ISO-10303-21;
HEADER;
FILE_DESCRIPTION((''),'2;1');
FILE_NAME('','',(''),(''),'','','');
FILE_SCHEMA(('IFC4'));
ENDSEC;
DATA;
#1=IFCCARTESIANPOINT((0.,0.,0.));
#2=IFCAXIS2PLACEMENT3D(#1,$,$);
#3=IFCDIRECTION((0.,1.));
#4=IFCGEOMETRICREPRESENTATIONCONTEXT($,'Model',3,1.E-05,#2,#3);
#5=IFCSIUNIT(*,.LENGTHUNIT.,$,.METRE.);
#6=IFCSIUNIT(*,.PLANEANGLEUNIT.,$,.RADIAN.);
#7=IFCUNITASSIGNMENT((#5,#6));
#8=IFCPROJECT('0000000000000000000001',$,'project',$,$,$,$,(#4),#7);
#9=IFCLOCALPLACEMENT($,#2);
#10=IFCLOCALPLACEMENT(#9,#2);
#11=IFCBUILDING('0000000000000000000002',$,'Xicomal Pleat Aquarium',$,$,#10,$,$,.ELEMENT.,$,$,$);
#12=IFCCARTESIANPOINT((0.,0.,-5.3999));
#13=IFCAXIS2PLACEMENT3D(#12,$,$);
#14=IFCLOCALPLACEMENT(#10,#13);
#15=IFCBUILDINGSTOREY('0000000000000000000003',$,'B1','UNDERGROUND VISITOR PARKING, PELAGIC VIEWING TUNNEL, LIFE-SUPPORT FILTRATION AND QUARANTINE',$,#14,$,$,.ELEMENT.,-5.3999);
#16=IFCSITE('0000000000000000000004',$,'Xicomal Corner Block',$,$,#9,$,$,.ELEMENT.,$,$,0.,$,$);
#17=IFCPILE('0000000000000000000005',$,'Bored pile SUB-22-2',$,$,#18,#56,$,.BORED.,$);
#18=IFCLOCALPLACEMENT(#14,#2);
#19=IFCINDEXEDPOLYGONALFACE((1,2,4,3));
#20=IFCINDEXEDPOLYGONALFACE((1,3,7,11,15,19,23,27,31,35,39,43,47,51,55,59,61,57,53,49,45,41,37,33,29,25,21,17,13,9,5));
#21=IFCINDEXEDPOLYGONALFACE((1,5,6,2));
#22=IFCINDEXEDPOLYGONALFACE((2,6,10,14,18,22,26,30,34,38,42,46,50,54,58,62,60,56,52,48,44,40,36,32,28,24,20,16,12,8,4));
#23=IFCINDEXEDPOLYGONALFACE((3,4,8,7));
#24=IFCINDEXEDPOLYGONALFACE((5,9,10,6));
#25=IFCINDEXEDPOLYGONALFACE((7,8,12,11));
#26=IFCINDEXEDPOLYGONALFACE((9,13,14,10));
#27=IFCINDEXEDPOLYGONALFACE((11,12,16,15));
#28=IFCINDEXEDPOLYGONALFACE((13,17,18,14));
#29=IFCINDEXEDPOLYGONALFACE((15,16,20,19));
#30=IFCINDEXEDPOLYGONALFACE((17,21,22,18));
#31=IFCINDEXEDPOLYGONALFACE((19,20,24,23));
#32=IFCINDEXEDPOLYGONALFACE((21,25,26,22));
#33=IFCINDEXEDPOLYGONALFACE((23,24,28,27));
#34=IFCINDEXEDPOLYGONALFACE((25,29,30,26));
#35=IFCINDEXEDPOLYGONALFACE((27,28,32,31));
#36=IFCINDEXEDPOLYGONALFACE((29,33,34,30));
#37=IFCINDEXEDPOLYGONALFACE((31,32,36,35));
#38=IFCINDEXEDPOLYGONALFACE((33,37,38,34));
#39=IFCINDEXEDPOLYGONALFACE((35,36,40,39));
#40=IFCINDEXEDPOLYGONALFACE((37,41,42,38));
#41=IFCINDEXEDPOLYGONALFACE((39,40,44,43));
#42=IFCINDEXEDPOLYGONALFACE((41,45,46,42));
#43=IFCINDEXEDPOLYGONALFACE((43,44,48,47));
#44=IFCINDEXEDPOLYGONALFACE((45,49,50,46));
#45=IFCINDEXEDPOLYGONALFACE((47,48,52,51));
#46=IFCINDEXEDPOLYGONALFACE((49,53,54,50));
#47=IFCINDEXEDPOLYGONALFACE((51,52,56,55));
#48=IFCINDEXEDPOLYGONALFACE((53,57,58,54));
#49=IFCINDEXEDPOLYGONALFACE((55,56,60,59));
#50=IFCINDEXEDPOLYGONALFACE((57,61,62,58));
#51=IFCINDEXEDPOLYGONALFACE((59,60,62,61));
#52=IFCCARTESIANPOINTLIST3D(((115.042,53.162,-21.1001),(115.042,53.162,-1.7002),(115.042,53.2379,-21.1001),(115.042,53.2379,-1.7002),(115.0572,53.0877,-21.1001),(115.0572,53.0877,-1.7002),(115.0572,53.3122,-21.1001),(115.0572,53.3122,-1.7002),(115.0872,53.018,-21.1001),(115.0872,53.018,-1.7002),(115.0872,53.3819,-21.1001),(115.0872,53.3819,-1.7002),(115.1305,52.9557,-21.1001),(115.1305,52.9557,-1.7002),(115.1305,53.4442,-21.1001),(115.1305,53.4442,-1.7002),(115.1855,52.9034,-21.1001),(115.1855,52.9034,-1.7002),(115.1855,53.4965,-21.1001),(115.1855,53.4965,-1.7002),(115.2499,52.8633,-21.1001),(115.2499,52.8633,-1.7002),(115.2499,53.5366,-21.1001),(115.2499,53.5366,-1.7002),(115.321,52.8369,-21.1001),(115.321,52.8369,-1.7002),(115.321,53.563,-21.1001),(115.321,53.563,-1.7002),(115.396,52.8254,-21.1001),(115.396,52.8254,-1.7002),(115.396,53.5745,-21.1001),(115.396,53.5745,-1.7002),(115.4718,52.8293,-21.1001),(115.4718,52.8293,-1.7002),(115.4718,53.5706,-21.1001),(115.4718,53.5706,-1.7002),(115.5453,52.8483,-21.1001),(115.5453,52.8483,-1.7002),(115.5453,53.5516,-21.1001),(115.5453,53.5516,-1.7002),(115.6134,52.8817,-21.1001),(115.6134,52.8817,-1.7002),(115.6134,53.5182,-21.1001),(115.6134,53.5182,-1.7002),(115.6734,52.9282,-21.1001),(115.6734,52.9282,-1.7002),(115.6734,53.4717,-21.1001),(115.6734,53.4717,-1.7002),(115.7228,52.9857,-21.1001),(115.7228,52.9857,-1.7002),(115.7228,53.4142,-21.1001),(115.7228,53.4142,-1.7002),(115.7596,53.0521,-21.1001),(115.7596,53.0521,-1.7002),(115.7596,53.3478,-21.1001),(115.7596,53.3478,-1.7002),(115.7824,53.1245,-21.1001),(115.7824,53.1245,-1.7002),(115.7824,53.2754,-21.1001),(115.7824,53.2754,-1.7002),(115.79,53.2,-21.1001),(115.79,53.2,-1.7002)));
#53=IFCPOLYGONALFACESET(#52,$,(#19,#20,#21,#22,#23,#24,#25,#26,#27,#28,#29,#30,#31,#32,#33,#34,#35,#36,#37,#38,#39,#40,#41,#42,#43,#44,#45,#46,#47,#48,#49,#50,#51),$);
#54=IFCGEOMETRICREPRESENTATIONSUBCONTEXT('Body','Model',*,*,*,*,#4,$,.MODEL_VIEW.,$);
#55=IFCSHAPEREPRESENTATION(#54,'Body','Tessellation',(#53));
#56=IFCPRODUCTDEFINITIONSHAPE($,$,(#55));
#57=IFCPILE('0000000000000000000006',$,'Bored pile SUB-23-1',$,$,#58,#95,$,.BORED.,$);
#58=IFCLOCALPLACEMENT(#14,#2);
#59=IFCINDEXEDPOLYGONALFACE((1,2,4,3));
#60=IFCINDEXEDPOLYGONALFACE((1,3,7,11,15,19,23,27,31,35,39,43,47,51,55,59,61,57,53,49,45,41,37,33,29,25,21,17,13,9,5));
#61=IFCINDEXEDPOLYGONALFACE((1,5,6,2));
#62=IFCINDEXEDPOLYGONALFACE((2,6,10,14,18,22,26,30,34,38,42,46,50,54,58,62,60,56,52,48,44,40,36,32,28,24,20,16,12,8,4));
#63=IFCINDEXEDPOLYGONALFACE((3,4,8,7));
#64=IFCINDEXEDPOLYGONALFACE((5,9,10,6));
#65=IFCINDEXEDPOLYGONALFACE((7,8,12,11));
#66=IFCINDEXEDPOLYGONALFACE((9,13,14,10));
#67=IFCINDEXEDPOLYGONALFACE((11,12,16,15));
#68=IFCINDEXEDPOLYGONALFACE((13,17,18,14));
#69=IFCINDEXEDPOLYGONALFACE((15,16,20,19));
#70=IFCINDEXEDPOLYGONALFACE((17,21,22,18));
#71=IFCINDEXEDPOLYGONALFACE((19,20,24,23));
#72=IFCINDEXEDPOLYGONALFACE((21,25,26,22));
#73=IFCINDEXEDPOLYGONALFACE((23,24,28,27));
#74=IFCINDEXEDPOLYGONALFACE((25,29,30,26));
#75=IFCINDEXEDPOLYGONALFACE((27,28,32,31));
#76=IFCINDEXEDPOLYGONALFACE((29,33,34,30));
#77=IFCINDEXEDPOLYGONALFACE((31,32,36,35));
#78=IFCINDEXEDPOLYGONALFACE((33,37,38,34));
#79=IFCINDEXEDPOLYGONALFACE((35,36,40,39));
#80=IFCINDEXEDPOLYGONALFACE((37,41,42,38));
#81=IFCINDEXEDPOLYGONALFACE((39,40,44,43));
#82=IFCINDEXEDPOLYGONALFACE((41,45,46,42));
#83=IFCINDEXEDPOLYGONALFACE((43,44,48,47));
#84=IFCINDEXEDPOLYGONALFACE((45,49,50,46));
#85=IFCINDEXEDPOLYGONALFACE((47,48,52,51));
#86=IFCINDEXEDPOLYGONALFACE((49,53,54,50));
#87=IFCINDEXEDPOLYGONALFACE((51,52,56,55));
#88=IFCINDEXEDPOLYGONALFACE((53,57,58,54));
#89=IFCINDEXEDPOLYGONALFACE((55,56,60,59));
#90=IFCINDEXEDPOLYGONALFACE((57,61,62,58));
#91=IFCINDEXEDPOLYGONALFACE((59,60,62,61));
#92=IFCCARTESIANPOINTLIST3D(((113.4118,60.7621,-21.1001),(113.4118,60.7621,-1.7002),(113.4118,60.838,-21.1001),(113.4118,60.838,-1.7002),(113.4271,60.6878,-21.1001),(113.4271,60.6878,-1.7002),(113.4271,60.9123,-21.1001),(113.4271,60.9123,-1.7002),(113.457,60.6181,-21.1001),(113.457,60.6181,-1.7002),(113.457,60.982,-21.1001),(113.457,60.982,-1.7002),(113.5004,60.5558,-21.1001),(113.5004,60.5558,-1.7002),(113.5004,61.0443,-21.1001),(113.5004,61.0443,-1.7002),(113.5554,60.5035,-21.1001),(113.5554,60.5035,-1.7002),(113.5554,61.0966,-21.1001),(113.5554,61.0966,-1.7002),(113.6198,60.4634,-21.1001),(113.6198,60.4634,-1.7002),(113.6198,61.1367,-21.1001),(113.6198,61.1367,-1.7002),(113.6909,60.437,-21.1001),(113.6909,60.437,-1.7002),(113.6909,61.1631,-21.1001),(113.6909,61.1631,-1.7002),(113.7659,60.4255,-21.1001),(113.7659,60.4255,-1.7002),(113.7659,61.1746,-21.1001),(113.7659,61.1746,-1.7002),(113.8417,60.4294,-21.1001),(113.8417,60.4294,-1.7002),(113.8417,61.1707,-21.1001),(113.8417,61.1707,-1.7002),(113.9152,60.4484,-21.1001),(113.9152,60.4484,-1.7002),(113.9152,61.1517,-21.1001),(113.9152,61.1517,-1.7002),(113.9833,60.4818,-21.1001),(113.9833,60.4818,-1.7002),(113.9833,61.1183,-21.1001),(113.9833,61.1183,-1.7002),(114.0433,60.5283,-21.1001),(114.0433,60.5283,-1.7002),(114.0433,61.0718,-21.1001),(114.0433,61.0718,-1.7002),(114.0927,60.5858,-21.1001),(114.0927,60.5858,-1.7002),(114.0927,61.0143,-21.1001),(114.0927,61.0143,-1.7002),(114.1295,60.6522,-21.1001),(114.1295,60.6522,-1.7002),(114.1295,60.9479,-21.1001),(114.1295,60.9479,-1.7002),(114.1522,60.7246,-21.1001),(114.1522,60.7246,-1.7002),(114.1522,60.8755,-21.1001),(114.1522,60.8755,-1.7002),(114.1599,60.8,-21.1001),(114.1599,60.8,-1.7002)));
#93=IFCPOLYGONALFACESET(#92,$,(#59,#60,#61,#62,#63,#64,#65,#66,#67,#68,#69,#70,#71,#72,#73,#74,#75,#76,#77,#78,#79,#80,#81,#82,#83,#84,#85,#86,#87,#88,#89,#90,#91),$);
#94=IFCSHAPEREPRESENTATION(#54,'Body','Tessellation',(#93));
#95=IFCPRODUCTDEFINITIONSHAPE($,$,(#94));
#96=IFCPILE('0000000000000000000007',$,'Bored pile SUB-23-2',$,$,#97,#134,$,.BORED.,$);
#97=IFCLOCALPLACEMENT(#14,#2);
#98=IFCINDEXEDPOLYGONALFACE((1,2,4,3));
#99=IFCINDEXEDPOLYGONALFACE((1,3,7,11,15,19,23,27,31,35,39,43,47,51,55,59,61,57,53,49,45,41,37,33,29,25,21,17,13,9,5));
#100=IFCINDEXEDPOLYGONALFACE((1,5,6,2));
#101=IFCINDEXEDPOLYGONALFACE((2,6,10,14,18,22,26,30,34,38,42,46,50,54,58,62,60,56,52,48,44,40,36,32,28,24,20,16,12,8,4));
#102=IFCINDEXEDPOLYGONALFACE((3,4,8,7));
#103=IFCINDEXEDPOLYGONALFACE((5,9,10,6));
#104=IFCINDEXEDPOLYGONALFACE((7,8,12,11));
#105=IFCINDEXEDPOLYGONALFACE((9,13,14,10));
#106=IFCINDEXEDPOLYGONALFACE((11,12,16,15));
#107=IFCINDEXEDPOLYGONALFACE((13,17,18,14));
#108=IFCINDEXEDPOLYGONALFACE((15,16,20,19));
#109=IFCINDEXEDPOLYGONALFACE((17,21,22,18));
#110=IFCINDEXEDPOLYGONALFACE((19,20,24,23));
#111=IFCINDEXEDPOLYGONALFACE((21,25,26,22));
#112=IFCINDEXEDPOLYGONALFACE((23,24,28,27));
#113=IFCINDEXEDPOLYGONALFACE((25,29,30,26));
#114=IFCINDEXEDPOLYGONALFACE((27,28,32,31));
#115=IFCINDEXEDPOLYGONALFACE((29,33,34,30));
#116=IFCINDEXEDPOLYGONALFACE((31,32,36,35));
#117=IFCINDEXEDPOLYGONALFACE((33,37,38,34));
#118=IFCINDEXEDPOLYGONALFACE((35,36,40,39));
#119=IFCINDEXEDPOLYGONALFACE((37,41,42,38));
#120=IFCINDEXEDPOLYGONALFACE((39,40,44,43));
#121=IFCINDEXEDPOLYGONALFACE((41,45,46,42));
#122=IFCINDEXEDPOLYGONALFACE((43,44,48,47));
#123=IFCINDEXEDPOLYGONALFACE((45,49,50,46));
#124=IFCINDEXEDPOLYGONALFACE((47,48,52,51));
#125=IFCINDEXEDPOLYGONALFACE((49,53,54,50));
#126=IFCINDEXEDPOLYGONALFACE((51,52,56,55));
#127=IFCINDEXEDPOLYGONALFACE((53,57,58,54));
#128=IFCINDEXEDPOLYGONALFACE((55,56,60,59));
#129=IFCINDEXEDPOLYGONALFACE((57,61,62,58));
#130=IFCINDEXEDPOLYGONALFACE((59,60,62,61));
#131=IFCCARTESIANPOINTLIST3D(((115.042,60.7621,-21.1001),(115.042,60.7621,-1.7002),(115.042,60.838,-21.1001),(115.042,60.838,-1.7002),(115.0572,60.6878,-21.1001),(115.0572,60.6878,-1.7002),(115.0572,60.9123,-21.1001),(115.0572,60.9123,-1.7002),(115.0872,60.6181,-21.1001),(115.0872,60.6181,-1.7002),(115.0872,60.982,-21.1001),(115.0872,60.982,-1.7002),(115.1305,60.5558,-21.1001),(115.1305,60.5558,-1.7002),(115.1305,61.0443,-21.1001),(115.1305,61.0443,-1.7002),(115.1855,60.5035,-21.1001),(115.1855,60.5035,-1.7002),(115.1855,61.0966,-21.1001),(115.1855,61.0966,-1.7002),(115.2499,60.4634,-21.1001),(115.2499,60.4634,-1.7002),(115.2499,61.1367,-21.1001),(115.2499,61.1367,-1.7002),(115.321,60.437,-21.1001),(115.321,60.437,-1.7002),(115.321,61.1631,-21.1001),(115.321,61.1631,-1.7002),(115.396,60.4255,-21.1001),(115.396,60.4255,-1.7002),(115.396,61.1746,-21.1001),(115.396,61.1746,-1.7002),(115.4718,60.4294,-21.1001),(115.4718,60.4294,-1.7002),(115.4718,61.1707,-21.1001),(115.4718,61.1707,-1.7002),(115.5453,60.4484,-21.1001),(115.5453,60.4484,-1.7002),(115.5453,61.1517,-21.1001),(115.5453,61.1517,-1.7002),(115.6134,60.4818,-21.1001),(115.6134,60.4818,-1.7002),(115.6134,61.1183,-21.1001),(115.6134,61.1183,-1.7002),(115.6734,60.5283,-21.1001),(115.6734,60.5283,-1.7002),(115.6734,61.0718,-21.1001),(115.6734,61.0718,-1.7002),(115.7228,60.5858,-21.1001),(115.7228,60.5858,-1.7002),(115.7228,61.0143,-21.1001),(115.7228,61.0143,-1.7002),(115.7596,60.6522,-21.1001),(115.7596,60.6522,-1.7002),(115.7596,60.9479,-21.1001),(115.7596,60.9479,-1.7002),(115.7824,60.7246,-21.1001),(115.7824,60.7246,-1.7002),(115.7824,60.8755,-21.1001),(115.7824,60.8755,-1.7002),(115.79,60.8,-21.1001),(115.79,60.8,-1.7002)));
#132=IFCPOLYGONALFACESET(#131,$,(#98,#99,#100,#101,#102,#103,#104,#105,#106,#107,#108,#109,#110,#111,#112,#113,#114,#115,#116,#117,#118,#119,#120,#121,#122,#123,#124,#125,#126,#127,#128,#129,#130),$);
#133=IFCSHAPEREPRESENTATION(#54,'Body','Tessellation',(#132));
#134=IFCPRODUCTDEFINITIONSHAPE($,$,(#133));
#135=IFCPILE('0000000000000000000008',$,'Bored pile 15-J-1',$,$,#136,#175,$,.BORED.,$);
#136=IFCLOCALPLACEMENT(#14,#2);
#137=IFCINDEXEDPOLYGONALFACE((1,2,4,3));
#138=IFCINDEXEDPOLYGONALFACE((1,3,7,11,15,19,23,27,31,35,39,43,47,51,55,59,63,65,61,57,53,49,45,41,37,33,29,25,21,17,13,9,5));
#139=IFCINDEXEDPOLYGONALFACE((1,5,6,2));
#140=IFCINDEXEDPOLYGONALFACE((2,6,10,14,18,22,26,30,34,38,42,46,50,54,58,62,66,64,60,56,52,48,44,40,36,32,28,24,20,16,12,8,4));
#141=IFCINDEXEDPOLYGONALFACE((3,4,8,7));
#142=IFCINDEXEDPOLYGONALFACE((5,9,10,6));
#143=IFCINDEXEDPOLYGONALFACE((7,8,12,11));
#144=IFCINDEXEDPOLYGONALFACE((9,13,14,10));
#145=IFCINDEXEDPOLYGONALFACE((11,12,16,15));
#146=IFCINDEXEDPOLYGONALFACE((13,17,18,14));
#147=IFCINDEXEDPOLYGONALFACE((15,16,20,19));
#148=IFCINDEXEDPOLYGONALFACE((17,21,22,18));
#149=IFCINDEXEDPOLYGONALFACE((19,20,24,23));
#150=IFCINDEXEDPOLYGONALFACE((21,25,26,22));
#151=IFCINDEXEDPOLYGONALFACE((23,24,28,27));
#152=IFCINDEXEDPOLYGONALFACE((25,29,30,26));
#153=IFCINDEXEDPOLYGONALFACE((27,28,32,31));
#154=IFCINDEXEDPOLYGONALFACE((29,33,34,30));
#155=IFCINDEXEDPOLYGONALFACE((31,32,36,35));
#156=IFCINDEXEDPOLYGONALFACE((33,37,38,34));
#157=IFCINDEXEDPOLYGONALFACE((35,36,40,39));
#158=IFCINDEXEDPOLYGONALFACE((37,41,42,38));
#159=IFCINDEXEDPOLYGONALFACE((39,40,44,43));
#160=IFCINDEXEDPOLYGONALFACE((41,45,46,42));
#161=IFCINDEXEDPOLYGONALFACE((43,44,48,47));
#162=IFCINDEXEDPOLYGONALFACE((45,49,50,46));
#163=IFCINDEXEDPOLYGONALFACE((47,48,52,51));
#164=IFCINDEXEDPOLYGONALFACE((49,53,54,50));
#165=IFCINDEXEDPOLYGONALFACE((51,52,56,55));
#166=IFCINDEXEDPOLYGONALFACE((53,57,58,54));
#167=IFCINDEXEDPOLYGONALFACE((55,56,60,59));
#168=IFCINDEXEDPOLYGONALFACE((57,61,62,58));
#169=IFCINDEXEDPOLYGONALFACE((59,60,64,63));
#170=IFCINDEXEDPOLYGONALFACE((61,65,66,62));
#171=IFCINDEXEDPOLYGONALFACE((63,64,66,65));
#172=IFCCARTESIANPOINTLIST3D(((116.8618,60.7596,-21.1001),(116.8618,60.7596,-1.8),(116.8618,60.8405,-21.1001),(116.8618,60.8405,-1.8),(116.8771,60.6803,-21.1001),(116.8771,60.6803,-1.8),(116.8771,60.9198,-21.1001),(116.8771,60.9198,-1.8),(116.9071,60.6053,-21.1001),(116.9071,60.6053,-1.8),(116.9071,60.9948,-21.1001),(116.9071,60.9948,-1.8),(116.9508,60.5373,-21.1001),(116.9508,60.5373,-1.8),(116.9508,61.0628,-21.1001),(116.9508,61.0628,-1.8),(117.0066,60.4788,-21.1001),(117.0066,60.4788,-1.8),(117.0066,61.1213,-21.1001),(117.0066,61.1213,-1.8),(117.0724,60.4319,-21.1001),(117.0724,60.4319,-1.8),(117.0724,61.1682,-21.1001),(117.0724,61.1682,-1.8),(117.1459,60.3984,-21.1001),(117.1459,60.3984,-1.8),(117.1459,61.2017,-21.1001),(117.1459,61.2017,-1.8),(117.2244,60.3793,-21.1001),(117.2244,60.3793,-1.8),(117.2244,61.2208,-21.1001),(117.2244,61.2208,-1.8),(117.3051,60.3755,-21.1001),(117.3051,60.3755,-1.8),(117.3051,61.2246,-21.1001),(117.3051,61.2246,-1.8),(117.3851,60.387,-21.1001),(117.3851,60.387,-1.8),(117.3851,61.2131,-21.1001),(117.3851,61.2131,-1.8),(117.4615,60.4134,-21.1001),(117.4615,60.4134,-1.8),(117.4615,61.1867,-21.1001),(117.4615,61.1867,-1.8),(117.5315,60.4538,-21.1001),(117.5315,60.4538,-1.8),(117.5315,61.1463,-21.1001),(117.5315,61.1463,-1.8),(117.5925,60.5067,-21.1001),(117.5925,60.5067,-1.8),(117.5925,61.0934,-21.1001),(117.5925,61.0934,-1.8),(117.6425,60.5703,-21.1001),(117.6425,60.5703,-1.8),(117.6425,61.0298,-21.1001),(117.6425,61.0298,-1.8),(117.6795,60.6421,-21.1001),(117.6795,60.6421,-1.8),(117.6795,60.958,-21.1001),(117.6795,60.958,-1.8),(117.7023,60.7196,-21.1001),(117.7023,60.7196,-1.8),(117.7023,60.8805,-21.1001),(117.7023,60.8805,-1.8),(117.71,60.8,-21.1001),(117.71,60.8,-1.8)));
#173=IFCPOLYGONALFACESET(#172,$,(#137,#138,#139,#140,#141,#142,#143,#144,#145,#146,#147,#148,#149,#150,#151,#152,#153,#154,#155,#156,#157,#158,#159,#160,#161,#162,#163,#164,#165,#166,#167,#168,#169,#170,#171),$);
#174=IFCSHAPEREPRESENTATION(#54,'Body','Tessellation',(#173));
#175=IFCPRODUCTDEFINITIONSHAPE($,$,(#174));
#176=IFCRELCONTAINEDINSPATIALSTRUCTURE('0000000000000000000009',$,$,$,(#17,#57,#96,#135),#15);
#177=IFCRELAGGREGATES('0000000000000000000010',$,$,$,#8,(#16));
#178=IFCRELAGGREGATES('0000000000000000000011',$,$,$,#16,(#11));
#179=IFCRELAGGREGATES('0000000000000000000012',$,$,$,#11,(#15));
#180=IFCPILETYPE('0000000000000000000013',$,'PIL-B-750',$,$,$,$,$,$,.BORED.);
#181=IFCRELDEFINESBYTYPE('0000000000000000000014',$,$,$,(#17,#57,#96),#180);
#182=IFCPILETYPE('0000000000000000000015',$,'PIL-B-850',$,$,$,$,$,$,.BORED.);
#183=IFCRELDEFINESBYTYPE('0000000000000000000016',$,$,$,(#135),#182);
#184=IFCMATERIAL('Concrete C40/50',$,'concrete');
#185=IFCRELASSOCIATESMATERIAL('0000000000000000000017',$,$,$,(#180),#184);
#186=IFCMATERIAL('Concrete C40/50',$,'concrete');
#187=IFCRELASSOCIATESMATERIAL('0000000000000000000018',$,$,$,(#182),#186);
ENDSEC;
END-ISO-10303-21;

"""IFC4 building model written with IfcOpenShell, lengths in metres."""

from ifc_helpers import new_model, si_unit, direction, frame, origin, origin_2d, place, context, subcontext, project, spatial, circle, extrude, material, material_profile, profile_set, type_object, element, save


model = new_model("IFC4")

# Units and contexts
model_context = context("Model", 3, precision=1e-05, world=origin(), true_north=direction((0.0, 1.0)))
body_context = subcontext(model_context, "Body", "Model", "MODEL_VIEW")
ifc_project = project(units=[si_unit("LENGTHUNIT", "METRE"), si_unit("PLANEANGLEUNIT", "RADIAN")], contexts=[model_context])

# Site, building, storey
site_placement = place(None, origin())
site = spatial("IfcSite", under=ifc_project, at=site_placement, Name="Xicomal Corner Block", CompositionType="ELEMENT", RefElevation=0.0)
building_placement = place(site_placement, origin())
building = spatial("IfcBuilding", under=site, at=building_placement, Name="Xicomal Pleat Aquarium", CompositionType="ELEMENT")
storey_placement = place(building_placement, frame((0.0, 0.0, -5.3999)))
storey = spatial("IfcBuildingStorey", under=building, at=storey_placement, Name="B1", Description="UNDERGROUND VISITOR PARKING, PELAGIC VIEWING TUNNEL, LIFE-SUPPORT FILTRATION AND QUARANTINE", CompositionType="ELEMENT", Elevation=-5.3999)

# Piles
ifc_material_1 = material(Name="Concrete C40/50", Category="concrete")
ifc_material_profile_1 = material_profile(ifc_material_1, circle(Radius=0.375, at=origin_2d()), Name="BORED PILE D750")
ifc_profile_set_1 = profile_set([ifc_material_profile_1], Name="Concrete C40/50")
pile_type_1 = type_object("IfcPileType", Name="PIL-B-750", PredefinedType="BORED", material=ifc_profile_set_1)
for number, where, z_axis, x_axis, name in (
    (1, (115.415, 53.2, -1.7002), (0.0, 0.0, -1.0), (1.0, 0.0, 0.0), "Bored pile SUB-22-2"),
    (2, (113.7849, 60.8, -1.7002), (0.0, 0.0, -1.0), (1.0, 0.0, 0.0), "Bored pile SUB-23-1"),
    (3, (115.415, 60.8, -1.7002), (0.0, 0.0, -1.0), (1.0, 0.0, 0.0), "Bored pile SUB-23-2"),
):
    element("IfcPile", number, at=place(storey_placement, frame(where, z_axis=z_axis, x_axis=x_axis)), inside=storey, type_object=pile_type_1, Name=name, PredefinedType="BORED", context=body_context, shape_type="SweptSolid", body=[
        extrude(circle(Radius=0.375, at=origin_2d()), origin(), (0.0, 0.0, 1.0), 19.3999),
    ])
ifc_material_2 = material(Name="Concrete C40/50", Category="concrete")
ifc_material_profile_2 = material_profile(ifc_material_2, circle(Radius=0.425, at=origin_2d()), Name="BORED PILE D850")
ifc_profile_set_2 = profile_set([ifc_material_profile_2], Name="Concrete C40/50")
pile_type_2 = type_object("IfcPileType", Name="PIL-B-850", PredefinedType="BORED", material=ifc_profile_set_2)
for number, where, z_axis, x_axis, name in (
    (4, (117.2849, 60.8, -1.8), (0.0, 0.0, -1.0), (1.0, 0.0, 0.0), "Bored pile 15-J-1"),
):
    element("IfcPile", number, at=place(storey_placement, frame(where, z_axis=z_axis, x_axis=x_axis)), inside=storey, type_object=pile_type_2, Name=name, PredefinedType="BORED", context=body_context, shape_type="SweptSolid", body=[
        extrude(circle(Radius=0.425, at=origin_2d()), origin(), (0.0, 0.0, 1.0), 19.3),
    ])

save(model, "model.ifc")
